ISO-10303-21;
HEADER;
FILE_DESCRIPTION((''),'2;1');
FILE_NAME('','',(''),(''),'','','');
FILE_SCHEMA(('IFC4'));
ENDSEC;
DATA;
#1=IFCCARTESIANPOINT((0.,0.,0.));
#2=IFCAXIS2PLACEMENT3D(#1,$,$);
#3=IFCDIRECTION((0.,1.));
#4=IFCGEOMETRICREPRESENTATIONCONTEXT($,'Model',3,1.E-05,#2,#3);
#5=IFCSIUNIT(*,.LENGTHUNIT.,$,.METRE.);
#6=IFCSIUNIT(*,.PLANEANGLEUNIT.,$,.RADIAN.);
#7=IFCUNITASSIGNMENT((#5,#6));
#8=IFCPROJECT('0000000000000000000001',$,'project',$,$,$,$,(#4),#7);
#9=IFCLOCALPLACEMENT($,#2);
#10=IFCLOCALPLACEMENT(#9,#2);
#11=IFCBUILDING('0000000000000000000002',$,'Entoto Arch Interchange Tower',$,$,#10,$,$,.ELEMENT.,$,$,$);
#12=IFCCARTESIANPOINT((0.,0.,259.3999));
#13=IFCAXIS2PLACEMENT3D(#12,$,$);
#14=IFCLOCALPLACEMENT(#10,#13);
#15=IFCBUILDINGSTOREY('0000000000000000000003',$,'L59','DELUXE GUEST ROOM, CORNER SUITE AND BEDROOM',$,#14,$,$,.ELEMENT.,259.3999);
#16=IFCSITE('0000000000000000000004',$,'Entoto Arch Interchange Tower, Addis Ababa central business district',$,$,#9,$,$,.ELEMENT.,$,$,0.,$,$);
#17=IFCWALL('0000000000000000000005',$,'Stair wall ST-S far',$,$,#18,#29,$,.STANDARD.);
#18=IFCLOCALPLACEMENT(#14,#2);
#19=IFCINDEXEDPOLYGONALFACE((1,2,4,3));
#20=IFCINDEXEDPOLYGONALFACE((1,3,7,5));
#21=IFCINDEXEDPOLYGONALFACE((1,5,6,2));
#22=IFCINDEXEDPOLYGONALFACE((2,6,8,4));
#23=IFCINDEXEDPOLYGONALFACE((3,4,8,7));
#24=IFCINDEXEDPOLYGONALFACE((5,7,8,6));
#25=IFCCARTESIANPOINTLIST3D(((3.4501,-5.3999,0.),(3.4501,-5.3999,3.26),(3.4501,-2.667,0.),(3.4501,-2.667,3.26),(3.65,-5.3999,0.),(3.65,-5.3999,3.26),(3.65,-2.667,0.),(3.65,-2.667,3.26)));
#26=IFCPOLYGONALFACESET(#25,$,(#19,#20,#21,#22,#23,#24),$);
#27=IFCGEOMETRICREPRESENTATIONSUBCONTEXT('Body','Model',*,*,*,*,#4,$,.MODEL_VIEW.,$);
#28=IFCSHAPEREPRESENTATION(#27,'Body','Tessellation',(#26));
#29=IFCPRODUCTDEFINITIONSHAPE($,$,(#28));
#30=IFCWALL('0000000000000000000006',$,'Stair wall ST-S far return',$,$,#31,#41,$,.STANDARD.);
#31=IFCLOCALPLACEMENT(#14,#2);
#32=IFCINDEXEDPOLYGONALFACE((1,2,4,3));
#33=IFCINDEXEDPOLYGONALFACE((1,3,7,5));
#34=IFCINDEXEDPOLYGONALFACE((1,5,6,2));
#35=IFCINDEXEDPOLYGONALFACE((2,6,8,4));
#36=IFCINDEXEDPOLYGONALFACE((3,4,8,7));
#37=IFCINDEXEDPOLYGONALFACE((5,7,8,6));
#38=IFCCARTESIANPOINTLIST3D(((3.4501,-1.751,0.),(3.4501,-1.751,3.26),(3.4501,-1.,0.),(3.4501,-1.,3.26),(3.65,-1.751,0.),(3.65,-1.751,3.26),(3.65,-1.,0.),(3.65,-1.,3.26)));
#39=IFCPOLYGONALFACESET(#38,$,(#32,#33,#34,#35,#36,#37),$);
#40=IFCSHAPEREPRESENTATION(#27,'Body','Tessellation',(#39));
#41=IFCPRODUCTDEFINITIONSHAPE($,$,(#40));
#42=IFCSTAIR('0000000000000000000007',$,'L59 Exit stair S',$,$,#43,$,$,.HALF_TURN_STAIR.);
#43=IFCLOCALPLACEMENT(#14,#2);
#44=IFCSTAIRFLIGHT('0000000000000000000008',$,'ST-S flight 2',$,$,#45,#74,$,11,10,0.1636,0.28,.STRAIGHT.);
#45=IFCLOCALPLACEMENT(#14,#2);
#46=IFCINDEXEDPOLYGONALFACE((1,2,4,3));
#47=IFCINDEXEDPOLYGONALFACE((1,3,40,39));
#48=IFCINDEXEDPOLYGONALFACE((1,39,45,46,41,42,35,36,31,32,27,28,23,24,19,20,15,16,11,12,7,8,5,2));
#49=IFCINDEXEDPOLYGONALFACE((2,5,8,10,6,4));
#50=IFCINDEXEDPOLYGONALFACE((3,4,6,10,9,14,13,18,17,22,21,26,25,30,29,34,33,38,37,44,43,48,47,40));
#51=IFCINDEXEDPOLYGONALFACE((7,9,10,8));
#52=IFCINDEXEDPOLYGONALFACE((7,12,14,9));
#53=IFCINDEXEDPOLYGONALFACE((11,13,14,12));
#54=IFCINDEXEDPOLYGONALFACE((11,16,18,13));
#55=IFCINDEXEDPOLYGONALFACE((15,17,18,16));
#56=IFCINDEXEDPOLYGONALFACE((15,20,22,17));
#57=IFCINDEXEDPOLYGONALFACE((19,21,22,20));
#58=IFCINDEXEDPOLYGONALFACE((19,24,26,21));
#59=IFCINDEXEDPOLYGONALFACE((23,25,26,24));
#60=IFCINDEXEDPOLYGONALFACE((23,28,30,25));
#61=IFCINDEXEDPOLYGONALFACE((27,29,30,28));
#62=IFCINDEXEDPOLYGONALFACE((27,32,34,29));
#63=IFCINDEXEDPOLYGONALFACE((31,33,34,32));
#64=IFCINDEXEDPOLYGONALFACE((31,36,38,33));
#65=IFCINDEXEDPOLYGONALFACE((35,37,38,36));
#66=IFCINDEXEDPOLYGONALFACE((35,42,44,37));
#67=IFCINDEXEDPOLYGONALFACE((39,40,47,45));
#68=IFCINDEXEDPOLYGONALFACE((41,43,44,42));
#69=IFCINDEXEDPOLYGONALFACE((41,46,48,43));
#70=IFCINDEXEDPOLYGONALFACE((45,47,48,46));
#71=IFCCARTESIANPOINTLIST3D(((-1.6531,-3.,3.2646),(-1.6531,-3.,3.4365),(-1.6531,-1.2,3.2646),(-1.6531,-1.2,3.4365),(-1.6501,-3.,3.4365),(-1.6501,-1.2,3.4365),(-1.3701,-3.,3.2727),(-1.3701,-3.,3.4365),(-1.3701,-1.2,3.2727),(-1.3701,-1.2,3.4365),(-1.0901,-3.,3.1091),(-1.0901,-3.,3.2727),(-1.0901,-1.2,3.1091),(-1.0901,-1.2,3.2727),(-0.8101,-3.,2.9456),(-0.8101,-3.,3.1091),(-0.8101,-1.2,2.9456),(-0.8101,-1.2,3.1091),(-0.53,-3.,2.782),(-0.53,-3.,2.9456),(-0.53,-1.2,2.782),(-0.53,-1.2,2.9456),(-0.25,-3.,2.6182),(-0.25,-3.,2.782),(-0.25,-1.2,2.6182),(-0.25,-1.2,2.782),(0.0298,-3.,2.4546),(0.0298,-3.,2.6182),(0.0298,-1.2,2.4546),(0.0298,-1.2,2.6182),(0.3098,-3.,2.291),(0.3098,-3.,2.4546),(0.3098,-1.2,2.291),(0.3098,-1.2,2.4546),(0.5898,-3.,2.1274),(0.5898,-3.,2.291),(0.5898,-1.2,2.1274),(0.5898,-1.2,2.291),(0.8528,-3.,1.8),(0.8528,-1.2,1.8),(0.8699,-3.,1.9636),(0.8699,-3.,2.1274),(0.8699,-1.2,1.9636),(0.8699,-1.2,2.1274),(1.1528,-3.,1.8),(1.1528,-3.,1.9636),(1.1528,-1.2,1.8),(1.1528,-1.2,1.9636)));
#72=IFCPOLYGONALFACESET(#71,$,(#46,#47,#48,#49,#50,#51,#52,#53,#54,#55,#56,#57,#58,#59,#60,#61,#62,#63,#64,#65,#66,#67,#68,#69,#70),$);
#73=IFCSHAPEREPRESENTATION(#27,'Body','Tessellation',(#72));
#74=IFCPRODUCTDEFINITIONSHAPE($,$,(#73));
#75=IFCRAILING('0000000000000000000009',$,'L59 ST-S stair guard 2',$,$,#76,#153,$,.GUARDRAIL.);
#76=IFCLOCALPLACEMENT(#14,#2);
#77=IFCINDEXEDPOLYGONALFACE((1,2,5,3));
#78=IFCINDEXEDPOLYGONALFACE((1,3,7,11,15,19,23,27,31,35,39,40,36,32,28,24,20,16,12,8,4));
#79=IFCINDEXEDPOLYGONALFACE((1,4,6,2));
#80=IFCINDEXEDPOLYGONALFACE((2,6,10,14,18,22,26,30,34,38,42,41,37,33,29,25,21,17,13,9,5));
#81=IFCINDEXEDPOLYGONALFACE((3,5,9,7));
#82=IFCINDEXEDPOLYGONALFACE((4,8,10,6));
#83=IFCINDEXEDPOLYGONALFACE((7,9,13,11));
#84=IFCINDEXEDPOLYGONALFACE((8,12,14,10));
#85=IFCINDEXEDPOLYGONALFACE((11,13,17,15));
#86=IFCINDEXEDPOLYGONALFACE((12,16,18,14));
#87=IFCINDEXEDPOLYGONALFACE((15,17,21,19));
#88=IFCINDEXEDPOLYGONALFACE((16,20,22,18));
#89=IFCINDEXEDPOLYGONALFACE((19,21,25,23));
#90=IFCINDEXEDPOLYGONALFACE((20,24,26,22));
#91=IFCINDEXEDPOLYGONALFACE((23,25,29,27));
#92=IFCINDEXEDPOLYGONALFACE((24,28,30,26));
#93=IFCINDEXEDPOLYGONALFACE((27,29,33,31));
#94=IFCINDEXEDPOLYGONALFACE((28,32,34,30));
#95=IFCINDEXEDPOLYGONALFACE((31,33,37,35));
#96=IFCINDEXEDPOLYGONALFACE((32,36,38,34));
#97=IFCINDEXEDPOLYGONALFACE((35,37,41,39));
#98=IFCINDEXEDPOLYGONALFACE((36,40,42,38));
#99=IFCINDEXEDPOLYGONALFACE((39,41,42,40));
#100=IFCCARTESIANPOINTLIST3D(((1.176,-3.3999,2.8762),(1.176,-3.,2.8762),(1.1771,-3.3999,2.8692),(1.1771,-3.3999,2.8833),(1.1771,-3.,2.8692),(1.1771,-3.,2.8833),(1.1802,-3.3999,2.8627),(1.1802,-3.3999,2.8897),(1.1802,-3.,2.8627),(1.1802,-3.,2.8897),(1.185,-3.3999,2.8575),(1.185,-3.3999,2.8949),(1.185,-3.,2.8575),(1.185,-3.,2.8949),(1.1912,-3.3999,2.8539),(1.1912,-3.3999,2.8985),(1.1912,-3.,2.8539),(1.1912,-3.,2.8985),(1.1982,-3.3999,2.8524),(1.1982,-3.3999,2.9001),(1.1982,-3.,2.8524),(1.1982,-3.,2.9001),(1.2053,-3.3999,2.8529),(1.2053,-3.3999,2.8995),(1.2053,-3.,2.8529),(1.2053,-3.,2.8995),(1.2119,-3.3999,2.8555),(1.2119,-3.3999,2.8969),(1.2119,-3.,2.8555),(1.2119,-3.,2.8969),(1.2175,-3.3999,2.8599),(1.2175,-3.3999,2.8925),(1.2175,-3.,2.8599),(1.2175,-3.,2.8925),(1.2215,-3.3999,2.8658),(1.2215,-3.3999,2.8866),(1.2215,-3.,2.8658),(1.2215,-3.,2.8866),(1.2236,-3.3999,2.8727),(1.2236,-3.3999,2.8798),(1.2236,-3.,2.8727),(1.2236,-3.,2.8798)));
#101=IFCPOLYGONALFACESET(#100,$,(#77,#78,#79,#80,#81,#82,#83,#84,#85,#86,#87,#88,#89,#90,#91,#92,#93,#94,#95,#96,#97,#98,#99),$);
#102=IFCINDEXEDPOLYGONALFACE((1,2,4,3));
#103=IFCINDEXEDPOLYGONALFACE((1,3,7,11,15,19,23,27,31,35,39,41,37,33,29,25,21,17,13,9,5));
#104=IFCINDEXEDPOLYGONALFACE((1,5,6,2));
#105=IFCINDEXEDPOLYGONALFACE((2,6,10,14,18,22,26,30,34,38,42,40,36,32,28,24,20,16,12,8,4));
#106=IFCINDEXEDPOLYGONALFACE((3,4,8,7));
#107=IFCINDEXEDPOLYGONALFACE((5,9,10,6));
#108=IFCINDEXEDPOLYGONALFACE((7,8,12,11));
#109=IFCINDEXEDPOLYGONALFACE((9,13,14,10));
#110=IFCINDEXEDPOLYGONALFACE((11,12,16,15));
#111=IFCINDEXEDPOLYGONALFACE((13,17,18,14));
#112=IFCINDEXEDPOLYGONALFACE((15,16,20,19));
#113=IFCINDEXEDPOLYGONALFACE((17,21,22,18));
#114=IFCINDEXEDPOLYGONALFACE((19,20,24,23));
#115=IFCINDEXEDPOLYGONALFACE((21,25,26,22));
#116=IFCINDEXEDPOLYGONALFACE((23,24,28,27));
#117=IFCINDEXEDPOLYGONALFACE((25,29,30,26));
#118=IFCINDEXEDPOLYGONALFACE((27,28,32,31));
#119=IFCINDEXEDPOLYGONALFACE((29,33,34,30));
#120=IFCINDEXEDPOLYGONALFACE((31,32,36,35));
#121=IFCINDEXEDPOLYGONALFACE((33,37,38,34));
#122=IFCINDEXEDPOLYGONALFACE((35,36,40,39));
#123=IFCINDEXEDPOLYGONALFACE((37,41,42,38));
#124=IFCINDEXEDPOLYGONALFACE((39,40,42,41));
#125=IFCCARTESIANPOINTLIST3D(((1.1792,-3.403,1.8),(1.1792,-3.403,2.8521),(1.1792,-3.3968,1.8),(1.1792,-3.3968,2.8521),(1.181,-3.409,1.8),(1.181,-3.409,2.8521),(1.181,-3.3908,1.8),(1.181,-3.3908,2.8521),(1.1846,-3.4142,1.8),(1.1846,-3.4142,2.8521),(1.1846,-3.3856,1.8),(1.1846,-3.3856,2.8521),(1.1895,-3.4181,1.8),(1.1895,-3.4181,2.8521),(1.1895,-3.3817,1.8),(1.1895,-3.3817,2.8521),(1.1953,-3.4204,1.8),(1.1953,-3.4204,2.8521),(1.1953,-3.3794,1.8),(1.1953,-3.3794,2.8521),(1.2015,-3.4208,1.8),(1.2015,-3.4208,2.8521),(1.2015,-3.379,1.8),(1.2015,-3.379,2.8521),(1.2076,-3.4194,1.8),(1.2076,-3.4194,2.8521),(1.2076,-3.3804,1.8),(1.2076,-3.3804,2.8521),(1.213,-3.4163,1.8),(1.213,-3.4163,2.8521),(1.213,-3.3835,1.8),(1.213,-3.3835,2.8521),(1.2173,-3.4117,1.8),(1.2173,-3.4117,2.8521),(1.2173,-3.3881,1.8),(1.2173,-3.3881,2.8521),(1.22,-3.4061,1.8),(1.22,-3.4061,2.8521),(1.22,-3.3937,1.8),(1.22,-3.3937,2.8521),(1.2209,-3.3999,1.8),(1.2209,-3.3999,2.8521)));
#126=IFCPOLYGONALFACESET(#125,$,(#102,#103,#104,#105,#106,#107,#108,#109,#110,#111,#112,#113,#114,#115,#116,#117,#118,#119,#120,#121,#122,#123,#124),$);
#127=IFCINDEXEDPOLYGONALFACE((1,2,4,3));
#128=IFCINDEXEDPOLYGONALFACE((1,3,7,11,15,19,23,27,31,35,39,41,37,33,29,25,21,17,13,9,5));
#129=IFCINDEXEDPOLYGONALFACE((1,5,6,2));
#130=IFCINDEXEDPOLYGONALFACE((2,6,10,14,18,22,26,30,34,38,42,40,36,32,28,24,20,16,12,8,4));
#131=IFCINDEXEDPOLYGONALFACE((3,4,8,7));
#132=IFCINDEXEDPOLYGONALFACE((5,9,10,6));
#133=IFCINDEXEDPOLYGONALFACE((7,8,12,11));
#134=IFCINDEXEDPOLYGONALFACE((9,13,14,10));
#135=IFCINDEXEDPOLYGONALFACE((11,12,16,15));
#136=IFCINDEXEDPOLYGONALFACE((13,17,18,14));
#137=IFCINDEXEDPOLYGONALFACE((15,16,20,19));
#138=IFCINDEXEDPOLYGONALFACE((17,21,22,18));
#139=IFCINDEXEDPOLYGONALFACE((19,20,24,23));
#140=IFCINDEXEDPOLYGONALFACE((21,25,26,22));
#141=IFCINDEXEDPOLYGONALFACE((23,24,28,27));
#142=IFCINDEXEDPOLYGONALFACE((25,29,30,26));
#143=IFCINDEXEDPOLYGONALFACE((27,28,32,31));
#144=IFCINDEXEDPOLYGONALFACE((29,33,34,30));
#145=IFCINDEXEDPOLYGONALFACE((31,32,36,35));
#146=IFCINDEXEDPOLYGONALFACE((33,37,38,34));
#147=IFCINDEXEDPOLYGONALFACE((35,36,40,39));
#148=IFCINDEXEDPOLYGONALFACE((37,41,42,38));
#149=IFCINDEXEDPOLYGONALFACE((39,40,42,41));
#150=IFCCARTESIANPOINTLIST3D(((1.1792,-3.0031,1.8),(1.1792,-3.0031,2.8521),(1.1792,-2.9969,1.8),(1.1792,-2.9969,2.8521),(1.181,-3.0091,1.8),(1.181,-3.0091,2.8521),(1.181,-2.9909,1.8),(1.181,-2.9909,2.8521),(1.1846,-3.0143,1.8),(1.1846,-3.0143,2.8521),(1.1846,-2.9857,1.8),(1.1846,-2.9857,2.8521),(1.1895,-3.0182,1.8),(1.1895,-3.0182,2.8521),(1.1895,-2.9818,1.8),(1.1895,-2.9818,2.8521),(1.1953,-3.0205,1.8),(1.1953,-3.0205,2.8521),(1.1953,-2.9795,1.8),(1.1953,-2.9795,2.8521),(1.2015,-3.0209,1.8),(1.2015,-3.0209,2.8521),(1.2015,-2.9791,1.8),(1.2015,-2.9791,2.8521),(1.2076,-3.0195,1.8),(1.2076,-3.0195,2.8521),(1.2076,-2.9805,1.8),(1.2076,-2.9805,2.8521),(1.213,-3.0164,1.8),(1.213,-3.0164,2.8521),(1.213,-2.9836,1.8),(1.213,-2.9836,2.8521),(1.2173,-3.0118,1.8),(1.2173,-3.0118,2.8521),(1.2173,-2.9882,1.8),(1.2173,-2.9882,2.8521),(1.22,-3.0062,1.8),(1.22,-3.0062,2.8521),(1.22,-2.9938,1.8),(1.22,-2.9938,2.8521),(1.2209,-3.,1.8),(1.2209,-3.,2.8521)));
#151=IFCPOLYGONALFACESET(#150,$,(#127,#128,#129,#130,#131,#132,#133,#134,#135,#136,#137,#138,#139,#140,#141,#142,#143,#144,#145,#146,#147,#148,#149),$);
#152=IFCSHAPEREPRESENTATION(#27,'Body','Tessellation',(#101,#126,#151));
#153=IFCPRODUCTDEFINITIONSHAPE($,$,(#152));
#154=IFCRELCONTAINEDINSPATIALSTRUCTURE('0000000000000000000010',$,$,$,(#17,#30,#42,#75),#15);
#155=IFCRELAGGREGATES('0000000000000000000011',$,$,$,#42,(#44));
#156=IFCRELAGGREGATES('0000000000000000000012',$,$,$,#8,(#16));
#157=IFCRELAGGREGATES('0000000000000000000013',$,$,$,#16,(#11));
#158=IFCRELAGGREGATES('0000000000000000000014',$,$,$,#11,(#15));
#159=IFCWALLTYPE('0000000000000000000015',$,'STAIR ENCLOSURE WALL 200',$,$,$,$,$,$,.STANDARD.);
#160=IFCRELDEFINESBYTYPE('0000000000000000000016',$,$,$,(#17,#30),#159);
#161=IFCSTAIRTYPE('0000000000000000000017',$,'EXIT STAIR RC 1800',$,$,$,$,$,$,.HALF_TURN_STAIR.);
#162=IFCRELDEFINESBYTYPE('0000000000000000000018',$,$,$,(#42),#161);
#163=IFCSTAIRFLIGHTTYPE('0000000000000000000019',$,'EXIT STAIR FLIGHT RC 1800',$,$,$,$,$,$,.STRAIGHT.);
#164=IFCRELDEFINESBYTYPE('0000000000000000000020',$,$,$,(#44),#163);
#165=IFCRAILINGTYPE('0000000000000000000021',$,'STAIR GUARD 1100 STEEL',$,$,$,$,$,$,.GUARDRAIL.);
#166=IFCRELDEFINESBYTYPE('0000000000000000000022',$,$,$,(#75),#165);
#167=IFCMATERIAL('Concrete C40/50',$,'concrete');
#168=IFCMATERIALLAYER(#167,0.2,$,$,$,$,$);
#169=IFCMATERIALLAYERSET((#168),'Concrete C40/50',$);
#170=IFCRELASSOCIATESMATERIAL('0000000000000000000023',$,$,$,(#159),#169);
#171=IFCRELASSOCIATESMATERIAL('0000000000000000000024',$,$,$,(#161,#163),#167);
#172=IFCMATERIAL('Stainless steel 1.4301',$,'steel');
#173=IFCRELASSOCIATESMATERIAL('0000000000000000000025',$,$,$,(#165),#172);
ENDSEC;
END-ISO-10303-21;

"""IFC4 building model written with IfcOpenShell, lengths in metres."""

from ifc_helpers import new_model, si_unit, direction, frame, frame_2d, origin, origin_2d, place, context, subcontext, project, spatial, polyline, rectangle, circle, outline, extrude, material, layer, layer_set, type_object, element, aggregate, save


model = new_model("IFC4")

# Units and contexts
model_context = context("Model", 3, precision=1e-05, world=origin(), true_north=direction((0.0, 1.0)))
body_context = subcontext(model_context, "Body", "Model", "MODEL_VIEW")
ifc_project = project(units=[si_unit("LENGTHUNIT", "METRE"), si_unit("PLANEANGLEUNIT", "RADIAN")], contexts=[model_context])

# Site, building, storey
site_placement = place(None, origin())
site = spatial("IfcSite", under=ifc_project, at=site_placement, Name="Entoto Arch Interchange Tower, Addis Ababa central business district", CompositionType="ELEMENT", RefElevation=0.0)
building_placement = place(site_placement, origin())
building = spatial("IfcBuilding", under=site, at=building_placement, Name="Entoto Arch Interchange Tower", CompositionType="ELEMENT")
storey_placement = place(building_placement, frame((0.0, 0.0, 259.3999)))
storey = spatial("IfcBuildingStorey", under=building, at=storey_placement, Name="L59", Description="DELUXE GUEST ROOM, CORNER SUITE AND BEDROOM", CompositionType="ELEMENT", Elevation=259.3999)

# Shared definitions
ifc_material_1 = material(Name="Concrete C40/50", Category="concrete")

# Walls
ifc_layer_1 = layer(ifc_material_1, 0.2)
ifc_layer_set_1 = layer_set([ifc_layer_1], Name="Concrete C40/50")
wall_type_1 = type_object("IfcWallType", Name="STAIR ENCLOSURE WALL 200", PredefinedType="STANDARD", material=ifc_layer_set_1)
wall_1_placement = place(storey_placement, frame((3.55, -2.667, 0.0), z_axis=(0.0, 0.0, 1.0), x_axis=(0.0, -1.0, 0.0)))
element("IfcWall", 1, at=wall_1_placement, inside=storey, type_object=wall_type_1, Name="Stair wall ST-S far", PredefinedType="STANDARD", context=body_context, shape_type="SweptSolid", body=[
    extrude(rectangle(XDim=2.7329, YDim=0.2, at=frame_2d((1.3665, 0.0))), origin(), (0.0, 0.0, 1.0), 3.26),
])
wall_2_placement = place(storey_placement, frame((3.55, -1.0, 0.0), z_axis=(0.0, 0.0, 1.0), x_axis=(0.0, -1.0, 0.0)))
element("IfcWall", 2, at=wall_2_placement, inside=storey, type_object=wall_type_1, Name="Stair wall ST-S far return", PredefinedType="STANDARD", context=body_context, shape_type="SweptSolid", body=[
    extrude(rectangle(XDim=0.751, YDim=0.2, at=frame_2d((0.3755, 0.0))), origin(), (0.0, 0.0, 1.0), 3.26),
])

# Stair, stair flight
stair_type = type_object("IfcStairType", Name="EXIT STAIR RC 1800", PredefinedType="HALF_TURN_STAIR", material=ifc_material_1)
stair_placement = place(storey_placement, origin())
stair = element("IfcStair", 3, at=stair_placement, inside=storey, type_object=stair_type, Name="L59 Exit stair S", PredefinedType="HALF_TURN_STAIR")
stair_flight_type = type_object("IfcStairFlightType", Name="EXIT STAIR FLIGHT RC 1800", PredefinedType="STRAIGHT", material=ifc_material_1)
stair_flight_placement = place(storey_placement, frame((1.1499, -2.1001, 1.8), z_axis=(0.0, 0.0, 1.0), x_axis=(-1.0, 0.0, 0.0)))
stair_flight = element("IfcStairFlight", 4, at=stair_flight_placement, type_object=stair_flight_type, Name="ST-S flight 2", NumberOfRisers=11, NumberOfTreads=10, PredefinedType="STRAIGHT", RiserHeight=0.1636, TreadLength=0.28, context=body_context, shape_type="SweptSolid", body=[
    extrude(outline(polyline([(-0.0029, 0.0), (-0.0029, 0.1636), (0.28, 0.1636), (0.28, 0.3274), (0.5601, 0.3274), (0.5601, 0.491), (0.8401, 0.491), (0.8401, 0.6545), (1.1201, 0.6545), (1.1201, 0.8181), (1.3999, 0.8181), (1.3999, 0.9819), (1.6799, 0.9819), (1.6799, 1.1455), (1.96, 1.1455), (1.96, 1.3091), (2.24, 1.3091), (2.24, 1.4727), (2.52, 1.4727), (2.52, 1.6365), (2.8, 1.6365), (2.803, 1.6365), (2.803, 1.4646), (0.2971, 0.0), (-0.0029, 0.0)])), frame((0.0, 0.8999, 0.0), z_axis=(0.0, -1.0, 0.0), x_axis=(1.0, 0.0, 0.0)), (0.0, 0.0, 1.0), 1.8),
])
aggregate(stair, [stair_flight])

# Railing
ifc_material_2 = material(Name="Stainless steel 1.4301", Category="steel")
railing_type_1 = type_object("IfcRailingType", Name="STAIR GUARD 1100 STEEL", PredefinedType="GUARDRAIL", material=ifc_material_2)
railing_1_placement = place(storey_placement, frame((1.2, -3.3999, 1.8)))
element("IfcRailing", 5, at=railing_1_placement, inside=storey, type_object=railing_type_1, Name="L59 ST-S stair guard 2", PredefinedType="GUARDRAIL", context=body_context, shape_type="SweptSolid", body=[
    extrude(circle(Radius=0.0239, at=origin_2d()), frame((0.0, 0.0, 1.0762), z_axis=(0.0, 1.0, 0.0), x_axis=(-1.0, 0.0, 0.0)), (0.0, 0.0, 1.0), 0.3999),
    extrude(circle(Radius=0.021, at=origin_2d()), origin(), (0.0, 0.0, 1.0), 1.052),
    extrude(circle(Radius=0.021, at=origin_2d()), frame((0.0, 0.3999, 0.0)), (0.0, 0.0, 1.0), 1.052),
])

save(model, "model.ifc")
